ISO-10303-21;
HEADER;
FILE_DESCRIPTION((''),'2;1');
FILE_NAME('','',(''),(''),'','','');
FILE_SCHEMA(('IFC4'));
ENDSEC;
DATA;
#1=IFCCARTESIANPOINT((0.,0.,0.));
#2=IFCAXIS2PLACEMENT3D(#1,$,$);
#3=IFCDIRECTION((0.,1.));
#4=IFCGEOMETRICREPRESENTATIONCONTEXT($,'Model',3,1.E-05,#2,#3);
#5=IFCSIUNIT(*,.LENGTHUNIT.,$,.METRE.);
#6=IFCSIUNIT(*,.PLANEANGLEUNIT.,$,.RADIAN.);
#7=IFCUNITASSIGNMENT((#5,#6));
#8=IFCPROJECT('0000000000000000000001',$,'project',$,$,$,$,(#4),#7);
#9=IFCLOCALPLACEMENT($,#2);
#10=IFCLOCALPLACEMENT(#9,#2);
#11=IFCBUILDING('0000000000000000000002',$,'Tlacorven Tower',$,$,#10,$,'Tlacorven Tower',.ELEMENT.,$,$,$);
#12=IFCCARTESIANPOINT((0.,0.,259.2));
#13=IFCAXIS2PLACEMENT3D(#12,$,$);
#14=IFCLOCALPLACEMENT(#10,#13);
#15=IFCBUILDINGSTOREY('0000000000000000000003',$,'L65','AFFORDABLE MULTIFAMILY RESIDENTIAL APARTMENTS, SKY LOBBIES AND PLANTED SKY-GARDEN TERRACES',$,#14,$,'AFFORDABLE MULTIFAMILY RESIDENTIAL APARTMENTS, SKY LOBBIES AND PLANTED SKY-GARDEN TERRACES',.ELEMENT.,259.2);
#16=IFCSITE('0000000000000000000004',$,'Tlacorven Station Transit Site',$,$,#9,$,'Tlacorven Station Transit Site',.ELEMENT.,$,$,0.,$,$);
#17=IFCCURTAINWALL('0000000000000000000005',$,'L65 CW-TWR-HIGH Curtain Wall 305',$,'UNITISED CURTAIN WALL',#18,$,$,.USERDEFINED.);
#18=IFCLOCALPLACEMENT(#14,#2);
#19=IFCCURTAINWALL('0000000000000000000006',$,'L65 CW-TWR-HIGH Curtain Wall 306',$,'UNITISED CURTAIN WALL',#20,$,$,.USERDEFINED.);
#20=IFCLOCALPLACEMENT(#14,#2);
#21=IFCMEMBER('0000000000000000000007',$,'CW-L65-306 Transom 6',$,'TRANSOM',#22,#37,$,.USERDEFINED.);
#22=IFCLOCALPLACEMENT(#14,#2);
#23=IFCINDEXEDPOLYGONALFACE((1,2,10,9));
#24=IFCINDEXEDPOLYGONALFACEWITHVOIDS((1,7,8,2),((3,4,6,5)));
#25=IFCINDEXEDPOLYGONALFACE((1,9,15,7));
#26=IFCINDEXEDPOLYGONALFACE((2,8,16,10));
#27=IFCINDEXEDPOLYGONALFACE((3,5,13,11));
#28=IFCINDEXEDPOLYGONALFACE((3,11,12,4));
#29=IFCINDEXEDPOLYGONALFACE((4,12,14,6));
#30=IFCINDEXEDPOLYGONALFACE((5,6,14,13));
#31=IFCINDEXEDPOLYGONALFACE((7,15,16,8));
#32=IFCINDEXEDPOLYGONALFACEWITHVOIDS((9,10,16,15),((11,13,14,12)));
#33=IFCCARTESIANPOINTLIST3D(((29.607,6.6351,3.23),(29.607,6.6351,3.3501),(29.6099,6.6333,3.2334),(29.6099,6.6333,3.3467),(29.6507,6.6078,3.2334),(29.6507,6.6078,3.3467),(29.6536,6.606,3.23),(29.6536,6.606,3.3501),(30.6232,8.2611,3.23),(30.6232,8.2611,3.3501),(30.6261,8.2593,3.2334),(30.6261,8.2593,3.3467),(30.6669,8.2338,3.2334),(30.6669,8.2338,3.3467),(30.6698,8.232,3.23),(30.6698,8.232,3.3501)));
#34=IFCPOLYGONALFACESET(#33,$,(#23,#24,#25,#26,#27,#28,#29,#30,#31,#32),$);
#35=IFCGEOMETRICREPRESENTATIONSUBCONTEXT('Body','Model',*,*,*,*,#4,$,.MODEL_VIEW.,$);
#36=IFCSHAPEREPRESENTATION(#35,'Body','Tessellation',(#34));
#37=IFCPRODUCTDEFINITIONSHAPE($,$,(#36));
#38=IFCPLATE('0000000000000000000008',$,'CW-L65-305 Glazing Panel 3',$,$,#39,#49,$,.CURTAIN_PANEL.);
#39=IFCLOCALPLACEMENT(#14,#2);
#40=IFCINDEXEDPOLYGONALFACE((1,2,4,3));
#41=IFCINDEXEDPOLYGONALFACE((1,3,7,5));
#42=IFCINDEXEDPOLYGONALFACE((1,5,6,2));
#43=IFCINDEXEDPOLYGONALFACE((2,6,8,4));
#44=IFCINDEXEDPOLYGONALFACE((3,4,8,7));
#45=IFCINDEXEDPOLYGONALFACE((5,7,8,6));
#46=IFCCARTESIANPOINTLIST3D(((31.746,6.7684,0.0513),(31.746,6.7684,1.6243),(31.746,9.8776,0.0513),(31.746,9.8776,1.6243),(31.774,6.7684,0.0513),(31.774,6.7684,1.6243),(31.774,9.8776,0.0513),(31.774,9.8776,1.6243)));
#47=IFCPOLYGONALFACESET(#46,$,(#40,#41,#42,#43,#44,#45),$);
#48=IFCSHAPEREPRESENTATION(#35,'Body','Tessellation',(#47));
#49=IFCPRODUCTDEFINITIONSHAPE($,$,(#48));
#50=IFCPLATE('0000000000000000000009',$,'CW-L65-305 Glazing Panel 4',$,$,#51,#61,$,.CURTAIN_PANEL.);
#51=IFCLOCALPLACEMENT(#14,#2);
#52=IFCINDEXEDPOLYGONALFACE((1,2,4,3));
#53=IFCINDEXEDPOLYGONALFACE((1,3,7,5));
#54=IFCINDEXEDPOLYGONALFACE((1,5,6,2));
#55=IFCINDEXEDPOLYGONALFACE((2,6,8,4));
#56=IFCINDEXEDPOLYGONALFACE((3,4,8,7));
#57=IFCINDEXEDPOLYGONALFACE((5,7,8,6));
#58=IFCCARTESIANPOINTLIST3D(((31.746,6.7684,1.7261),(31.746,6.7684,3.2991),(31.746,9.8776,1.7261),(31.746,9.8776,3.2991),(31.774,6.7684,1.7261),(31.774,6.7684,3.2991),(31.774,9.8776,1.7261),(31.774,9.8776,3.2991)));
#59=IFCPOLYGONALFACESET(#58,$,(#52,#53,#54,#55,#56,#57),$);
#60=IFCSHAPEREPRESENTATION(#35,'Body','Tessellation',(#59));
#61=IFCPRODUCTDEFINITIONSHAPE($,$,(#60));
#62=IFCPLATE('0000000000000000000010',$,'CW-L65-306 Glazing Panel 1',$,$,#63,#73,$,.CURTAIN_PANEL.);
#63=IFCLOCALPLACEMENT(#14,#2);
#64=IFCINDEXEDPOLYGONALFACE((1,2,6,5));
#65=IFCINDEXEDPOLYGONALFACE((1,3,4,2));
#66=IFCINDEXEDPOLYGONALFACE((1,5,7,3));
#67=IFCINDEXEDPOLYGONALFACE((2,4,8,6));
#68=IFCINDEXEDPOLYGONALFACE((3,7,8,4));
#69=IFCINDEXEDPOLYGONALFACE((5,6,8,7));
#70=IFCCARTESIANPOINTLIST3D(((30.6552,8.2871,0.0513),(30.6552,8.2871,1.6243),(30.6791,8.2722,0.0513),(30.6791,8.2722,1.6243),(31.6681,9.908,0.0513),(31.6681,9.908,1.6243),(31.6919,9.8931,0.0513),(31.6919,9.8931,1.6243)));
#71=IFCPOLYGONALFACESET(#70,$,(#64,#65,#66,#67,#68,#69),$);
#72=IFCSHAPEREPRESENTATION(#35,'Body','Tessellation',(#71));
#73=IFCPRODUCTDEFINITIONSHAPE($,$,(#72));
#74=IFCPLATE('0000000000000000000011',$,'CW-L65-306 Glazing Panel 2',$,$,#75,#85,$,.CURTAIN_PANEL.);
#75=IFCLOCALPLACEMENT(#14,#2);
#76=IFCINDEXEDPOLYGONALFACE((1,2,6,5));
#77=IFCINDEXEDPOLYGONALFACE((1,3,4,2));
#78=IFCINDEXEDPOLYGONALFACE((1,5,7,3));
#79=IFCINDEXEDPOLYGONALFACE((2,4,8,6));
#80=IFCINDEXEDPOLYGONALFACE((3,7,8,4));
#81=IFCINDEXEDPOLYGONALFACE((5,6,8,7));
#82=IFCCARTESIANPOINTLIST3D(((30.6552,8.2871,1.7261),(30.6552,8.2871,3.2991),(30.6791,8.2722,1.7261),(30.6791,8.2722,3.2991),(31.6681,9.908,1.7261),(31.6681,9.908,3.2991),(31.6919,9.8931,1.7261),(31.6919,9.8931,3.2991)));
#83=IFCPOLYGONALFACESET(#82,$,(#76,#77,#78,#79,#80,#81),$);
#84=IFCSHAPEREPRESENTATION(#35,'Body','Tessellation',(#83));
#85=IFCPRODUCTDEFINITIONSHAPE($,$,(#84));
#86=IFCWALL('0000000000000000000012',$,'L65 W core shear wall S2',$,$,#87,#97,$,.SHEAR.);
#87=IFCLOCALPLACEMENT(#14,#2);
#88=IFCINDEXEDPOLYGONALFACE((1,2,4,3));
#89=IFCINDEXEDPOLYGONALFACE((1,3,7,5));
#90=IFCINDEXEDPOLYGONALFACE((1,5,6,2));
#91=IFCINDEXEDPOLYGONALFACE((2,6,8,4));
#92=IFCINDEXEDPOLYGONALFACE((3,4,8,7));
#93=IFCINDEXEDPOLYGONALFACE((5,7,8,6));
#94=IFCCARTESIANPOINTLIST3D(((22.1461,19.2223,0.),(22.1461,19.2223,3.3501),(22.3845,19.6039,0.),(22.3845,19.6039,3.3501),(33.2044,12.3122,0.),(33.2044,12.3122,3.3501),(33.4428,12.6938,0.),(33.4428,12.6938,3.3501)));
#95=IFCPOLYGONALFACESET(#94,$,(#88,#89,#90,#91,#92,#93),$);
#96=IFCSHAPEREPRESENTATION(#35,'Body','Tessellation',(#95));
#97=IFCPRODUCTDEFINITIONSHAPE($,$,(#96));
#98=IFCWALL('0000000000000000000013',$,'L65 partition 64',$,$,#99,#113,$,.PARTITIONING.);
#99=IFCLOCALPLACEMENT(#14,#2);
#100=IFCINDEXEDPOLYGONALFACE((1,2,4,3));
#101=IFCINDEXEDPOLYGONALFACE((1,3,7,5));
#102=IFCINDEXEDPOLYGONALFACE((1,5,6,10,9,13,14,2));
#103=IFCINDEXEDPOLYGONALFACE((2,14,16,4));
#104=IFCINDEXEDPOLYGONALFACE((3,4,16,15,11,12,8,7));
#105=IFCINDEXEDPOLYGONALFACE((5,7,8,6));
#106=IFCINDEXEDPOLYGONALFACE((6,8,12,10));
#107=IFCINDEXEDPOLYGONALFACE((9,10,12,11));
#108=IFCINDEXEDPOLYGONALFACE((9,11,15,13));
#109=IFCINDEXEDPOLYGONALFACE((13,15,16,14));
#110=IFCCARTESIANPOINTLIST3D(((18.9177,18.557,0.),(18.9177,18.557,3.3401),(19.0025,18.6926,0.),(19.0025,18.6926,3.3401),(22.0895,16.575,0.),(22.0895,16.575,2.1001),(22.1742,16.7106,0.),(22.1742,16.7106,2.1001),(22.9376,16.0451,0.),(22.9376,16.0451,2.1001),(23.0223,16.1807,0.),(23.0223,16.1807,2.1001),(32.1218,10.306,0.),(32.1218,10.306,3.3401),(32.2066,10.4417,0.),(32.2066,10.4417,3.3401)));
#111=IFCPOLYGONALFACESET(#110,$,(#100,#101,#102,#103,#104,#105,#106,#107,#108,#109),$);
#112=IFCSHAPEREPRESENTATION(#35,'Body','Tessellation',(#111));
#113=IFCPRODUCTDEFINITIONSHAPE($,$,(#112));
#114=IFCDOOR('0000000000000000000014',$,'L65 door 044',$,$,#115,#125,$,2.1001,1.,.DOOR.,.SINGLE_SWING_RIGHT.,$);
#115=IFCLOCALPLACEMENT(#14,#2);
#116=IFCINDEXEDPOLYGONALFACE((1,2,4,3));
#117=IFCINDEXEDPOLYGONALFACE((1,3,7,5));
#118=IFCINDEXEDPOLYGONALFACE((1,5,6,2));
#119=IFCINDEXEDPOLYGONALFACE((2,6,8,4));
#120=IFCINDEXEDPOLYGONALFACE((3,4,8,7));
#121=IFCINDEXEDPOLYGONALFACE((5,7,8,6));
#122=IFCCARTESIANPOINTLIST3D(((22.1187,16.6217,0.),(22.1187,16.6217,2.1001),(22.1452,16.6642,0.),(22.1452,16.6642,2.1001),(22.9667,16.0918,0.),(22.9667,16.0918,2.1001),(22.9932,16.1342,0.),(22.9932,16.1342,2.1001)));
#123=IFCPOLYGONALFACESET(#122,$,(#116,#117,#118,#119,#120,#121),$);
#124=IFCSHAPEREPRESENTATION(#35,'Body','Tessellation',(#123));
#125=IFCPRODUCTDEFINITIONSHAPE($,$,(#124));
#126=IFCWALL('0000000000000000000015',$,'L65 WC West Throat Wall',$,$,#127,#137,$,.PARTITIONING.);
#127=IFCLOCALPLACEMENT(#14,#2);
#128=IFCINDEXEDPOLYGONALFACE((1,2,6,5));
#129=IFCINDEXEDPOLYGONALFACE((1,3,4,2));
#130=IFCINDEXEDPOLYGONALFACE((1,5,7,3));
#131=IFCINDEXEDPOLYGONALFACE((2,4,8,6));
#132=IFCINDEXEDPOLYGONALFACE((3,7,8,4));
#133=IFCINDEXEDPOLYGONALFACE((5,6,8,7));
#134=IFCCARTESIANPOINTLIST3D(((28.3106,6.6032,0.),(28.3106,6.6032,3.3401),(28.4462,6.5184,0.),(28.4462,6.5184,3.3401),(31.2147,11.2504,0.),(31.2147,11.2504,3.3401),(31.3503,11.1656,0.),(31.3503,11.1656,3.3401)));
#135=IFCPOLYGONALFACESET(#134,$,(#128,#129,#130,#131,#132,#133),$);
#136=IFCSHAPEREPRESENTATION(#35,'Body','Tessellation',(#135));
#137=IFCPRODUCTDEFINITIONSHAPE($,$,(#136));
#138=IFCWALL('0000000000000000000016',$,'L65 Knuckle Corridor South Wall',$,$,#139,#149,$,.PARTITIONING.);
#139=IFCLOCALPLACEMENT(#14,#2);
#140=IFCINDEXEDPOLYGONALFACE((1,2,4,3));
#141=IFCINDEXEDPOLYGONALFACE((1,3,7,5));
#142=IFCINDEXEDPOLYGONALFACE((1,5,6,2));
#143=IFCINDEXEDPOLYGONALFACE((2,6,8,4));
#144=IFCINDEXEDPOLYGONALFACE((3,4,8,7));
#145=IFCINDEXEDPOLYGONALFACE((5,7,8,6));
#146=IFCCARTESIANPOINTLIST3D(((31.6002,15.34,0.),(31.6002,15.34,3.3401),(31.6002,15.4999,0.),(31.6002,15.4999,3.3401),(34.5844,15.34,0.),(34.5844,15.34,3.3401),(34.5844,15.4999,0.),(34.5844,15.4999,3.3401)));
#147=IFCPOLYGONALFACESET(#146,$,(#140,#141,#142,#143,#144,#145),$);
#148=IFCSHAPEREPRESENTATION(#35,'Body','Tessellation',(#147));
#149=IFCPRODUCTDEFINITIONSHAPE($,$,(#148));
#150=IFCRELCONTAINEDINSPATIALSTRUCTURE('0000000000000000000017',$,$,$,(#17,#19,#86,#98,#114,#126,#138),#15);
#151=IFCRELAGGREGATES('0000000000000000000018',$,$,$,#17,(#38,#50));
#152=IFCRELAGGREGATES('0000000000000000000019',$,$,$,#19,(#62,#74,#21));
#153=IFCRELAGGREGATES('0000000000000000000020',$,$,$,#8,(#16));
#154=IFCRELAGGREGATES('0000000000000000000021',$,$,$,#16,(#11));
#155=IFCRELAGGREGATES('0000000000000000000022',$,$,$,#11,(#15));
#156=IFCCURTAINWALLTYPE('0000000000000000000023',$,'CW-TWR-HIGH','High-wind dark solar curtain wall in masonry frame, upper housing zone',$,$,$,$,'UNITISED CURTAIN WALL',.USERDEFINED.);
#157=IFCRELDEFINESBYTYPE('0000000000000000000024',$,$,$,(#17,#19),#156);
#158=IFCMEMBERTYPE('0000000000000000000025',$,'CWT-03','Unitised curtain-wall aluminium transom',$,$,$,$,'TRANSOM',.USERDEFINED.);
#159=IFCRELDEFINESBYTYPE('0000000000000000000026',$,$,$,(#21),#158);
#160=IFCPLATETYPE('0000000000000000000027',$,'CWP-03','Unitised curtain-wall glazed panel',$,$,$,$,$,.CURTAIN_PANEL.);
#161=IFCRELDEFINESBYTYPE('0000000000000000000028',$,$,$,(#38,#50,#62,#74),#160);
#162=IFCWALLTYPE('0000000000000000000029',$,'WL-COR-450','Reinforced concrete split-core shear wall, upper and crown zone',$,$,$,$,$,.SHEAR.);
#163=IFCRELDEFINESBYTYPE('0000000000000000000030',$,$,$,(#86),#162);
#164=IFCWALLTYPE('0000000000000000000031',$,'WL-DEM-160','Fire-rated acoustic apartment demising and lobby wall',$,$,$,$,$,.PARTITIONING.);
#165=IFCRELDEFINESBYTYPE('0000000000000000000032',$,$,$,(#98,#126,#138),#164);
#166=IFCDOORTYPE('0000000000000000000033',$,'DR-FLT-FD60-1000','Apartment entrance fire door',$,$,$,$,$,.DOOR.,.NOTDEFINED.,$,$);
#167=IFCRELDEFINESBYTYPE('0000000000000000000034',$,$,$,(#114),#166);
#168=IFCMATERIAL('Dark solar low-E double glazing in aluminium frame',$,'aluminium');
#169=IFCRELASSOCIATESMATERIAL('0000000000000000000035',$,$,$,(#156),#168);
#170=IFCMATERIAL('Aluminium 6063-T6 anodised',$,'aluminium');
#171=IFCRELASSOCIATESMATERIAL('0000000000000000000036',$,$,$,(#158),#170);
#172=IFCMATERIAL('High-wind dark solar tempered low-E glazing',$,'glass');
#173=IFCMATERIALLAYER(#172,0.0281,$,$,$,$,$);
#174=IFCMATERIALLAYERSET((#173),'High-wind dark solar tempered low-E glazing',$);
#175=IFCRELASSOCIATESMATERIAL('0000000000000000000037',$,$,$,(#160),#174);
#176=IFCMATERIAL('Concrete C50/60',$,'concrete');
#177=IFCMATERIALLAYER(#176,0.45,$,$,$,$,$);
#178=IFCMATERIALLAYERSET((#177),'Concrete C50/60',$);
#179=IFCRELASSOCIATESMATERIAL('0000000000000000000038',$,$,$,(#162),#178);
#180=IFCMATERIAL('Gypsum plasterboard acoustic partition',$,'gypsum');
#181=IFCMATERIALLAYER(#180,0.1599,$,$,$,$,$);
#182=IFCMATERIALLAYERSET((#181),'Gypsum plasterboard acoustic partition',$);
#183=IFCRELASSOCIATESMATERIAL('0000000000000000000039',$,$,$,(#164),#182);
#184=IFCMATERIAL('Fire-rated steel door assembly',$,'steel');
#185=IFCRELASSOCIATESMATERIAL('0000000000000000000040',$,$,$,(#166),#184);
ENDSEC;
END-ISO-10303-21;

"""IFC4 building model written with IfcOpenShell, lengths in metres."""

from ifc_helpers import new_model, si_unit, direction, frame, frame_2d, origin, origin_2d, place, context, subcontext, project, spatial, rectangle, hollow_rectangle, extrude, source, transform, mapped, material, layer, layer_set, material_profile, profile_set, type_object, element, fill, aggregate, save


model = new_model("IFC4")

# Units and contexts
model_context = context("Model", 3, precision=1e-05, world=origin(), true_north=direction((0.0, 1.0)))
body_context = subcontext(model_context, "Body", "Model", "MODEL_VIEW")
ifc_project = project(units=[si_unit("LENGTHUNIT", "METRE"), si_unit("PLANEANGLEUNIT", "RADIAN")], contexts=[model_context])

# Site, building, storey
site_placement = place(None, origin())
site = spatial("IfcSite", under=ifc_project, at=site_placement, Name="Tlacorven Station Transit Site", LongName="Tlacorven Station Transit Site", CompositionType="ELEMENT", RefElevation=0.0)
building_placement = place(site_placement, origin())
building = spatial("IfcBuilding", under=site, at=building_placement, Name="Tlacorven Tower", LongName="Tlacorven Tower", CompositionType="ELEMENT")
storey_placement = place(building_placement, frame((0.0, 0.0, 259.2)))
storey = spatial("IfcBuildingStorey", under=building, at=storey_placement, Name="L65", Description="AFFORDABLE MULTIFAMILY RESIDENTIAL APARTMENTS, SKY LOBBIES AND PLANTED SKY-GARDEN TERRACES", LongName="AFFORDABLE MULTIFAMILY RESIDENTIAL APARTMENTS, SKY LOBBIES AND PLANTED SKY-GARDEN TERRACES", CompositionType="ELEMENT", Elevation=259.2)

# Curtain wall
ifc_material_1 = material(Name="Dark solar low-E double glazing in aluminium frame", Category="aluminium")
curtain_wall_type = type_object("IfcCurtainWallType", Name="CW-TWR-HIGH", Description="High-wind dark solar curtain wall in masonry frame, upper housing zone", ElementType="UNITISED CURTAIN WALL", PredefinedType="USERDEFINED", material=ifc_material_1)
curtain_wall_1_placement = place(storey_placement, origin())
curtain_wall_1 = element("IfcCurtainWall", 1, at=curtain_wall_1_placement, inside=storey, type_object=curtain_wall_type, Name="L65 CW-TWR-HIGH Curtain Wall 305", ObjectType="UNITISED CURTAIN WALL", PredefinedType="USERDEFINED")
ifc_material_2 = material(Name="Aluminium 6063-T6 anodised", Category="aluminium")

# Curtain wall, member
curtain_wall_2_placement = place(storey_placement, origin())
curtain_wall_2 = element("IfcCurtainWall", 2, at=curtain_wall_2_placement, inside=storey, type_object=curtain_wall_type, Name="L65 CW-TWR-HIGH Curtain Wall 306", ObjectType="UNITISED CURTAIN WALL", PredefinedType="USERDEFINED")
ifc_material_profile_1 = material_profile(ifc_material_2, hollow_rectangle(XDim=0.0549, YDim=0.1201, WallThickness=0.0034, at=origin_2d()), Name="ALU TRANSOM 55X120")
ifc_profile_set_1 = profile_set([ifc_material_profile_1], Name="Aluminium 6063-T6 anodised")
member_type_1 = type_object("IfcMemberType", Name="CWT-03", Description="Unitised curtain-wall aluminium transom", ElementType="TRANSOM", PredefinedType="USERDEFINED", material=ifc_profile_set_1)
shared_shape_1 = source(origin(), body_context, "Body", "SweptSolid", [
    extrude(hollow_rectangle(XDim=0.0549, YDim=0.1201, WallThickness=0.0034, at=origin_2d()), origin(), (0.0, 0.0, 1.0), 1.9175),
])
member_1_placement = place(storey_placement, frame((30.6465, 8.2466, 3.29), z_axis=(-0.529953, -0.848027, 0.0), x_axis=(0.848027, -0.529953, 0.0)))
member_1 = element("IfcMember", 3, at=member_1_placement, type_object=member_type_1, Name="CW-L65-306 Transom 6", ObjectType="TRANSOM", PredefinedType="USERDEFINED", context=body_context, shape_type="MappedRepresentation", body=[
    mapped(shared_shape_1, transform((0.0, 0.0, 0.0), scale=1.0)),
])

# Plates
ifc_material_3 = material(Name="High-wind dark solar tempered low-E glazing", Category="glass")
ifc_layer_1 = layer(ifc_material_3, 0.0281)
ifc_layer_set_1 = layer_set([ifc_layer_1], Name="High-wind dark solar tempered low-E glazing")
plate_type = type_object("IfcPlateType", Name="CWP-03", Description="Unitised curtain-wall glazed panel", PredefinedType="CURTAIN_PANEL", material=ifc_layer_set_1)
shared_shape_2 = source(origin(), body_context, "Body", "SweptSolid", [
    extrude(rectangle(XDim=3.1091, YDim=0.0281, at=origin_2d()), origin(), (0.0, 0.0, 1.0), 1.573),
])
plate_1_placement = place(storey_placement, frame((31.76, 8.323, 0.0513), z_axis=(0.0, 0.0, 1.0), x_axis=(0.0, 1.0, 0.0)))
plate_1 = element("IfcPlate", 4, at=plate_1_placement, type_object=plate_type, Name="CW-L65-305 Glazing Panel 3", PredefinedType="CURTAIN_PANEL", context=body_context, shape_type="MappedRepresentation", body=[
    mapped(shared_shape_2, transform((0.0, 0.0, 0.0), scale=1.0)),
])
plate_2_placement = place(storey_placement, frame((31.76, 8.323, 1.7261), z_axis=(0.0, 0.0, 1.0), x_axis=(0.0, 1.0, 0.0)))
plate_2 = element("IfcPlate", 5, at=plate_2_placement, type_object=plate_type, Name="CW-L65-305 Glazing Panel 4", PredefinedType="CURTAIN_PANEL", context=body_context, shape_type="MappedRepresentation", body=[
    mapped(shared_shape_2, transform((0.0, 0.0, 0.0), scale=1.0)),
])
aggregate(curtain_wall_1, [plate_1, plate_2])
shared_shape_3 = source(origin(), body_context, "Body", "SweptSolid", [
    extrude(rectangle(XDim=1.9114, YDim=0.0281, at=origin_2d()), origin(), (0.0, 0.0, 1.0), 1.573),
])
plate_3_placement = place(storey_placement, frame((31.1736, 9.0901, 0.0513), z_axis=(0.0, 0.0, 1.0), x_axis=(-0.529919, -0.848048, 0.0)))
plate_3 = element("IfcPlate", 6, at=plate_3_placement, type_object=plate_type, Name="CW-L65-306 Glazing Panel 1", PredefinedType="CURTAIN_PANEL", context=body_context, shape_type="MappedRepresentation", body=[
    mapped(shared_shape_3, transform((0.0, 0.0, 0.0), scale=1.0)),
])
plate_4_placement = place(storey_placement, frame((31.1736, 9.0901, 1.7261), z_axis=(0.0, 0.0, 1.0), x_axis=(-0.529919, -0.848048, 0.0)))
plate_4 = element("IfcPlate", 7, at=plate_4_placement, type_object=plate_type, Name="CW-L65-306 Glazing Panel 2", PredefinedType="CURTAIN_PANEL", context=body_context, shape_type="MappedRepresentation", body=[
    mapped(shared_shape_3, transform((0.0, 0.0, 0.0), scale=1.0)),
])
aggregate(curtain_wall_2, [plate_3, plate_4, member_1])

# Wall
ifc_material_4 = material(Name="Concrete C50/60", Category="concrete")
ifc_layer_2 = layer(ifc_material_4, 0.45)
ifc_layer_set_2 = layer_set([ifc_layer_2], Name="Concrete C50/60")
wall_type_1 = type_object("IfcWallType", Name="WL-COR-450", Description="Reinforced concrete split-core shear wall, upper and crown zone", PredefinedType="SHEAR", material=ifc_layer_set_2)
wall_1_placement = place(storey_placement, frame((33.3237, 12.5029, 0.0), z_axis=(0.0, 0.0, 1.0), x_axis=(-0.848044, 0.529927, 0.0)))
element("IfcWall", 8, at=wall_1_placement, inside=storey, type_object=wall_type_1, Name="L65 W core shear wall S2", PredefinedType="SHEAR", context=body_context, shape_type="SweptSolid", body=[
    extrude(rectangle(XDim=13.0398, YDim=0.45, at=frame_2d((6.52, 0.0))), origin(), (0.0, 0.0, 1.0), 3.3501),
])

# Wall, opening, door
ifc_material_5 = material(Name="Gypsum plasterboard acoustic partition", Category="gypsum")
ifc_layer_3 = layer(ifc_material_5, 0.1599)
ifc_layer_set_3 = layer_set([ifc_layer_3], Name="Gypsum plasterboard acoustic partition")
wall_type_2 = type_object("IfcWallType", Name="WL-DEM-160", Description="Fire-rated acoustic apartment demising and lobby wall", PredefinedType="PARTITIONING", material=ifc_layer_set_3)
wall_2_placement = place(storey_placement, frame((32.1643, 10.3738, 0.0), z_axis=(0.0, 0.0, 1.0), x_axis=(-0.848044, 0.529926, 0.0)))
wall_2 = element("IfcWall", 9, at=wall_2_placement, inside=storey, type_object=wall_type_2, Name="L65 partition 64", PredefinedType="PARTITIONING", context=body_context, shape_type="SweptSolid", body=[
    extrude(rectangle(XDim=15.5701, YDim=0.1599, at=frame_2d((7.7852, 0.0))), origin(), (0.0, 0.0, 1.0), 3.3401),
])
opening_1_placement = place(wall_2_placement, frame((10.8301, 0.0, 0.0)))
opening_1 = element("IfcOpeningElement", 10, at=opening_1_placement, cuts=wall_2, PredefinedType="OPENING", context=body_context, shape_type="SweptSolid", body=[
    extrude(rectangle(XDim=1.0, YDim=2.1001, at=frame_2d((0.5, 1.05))), frame((0.0, 0.0898, 0.0), z_axis=(0.0, -1.0, 0.0), x_axis=(1.0, 0.0, 0.0)), (0.0, 0.0, 1.0), 0.1799),
])
ifc_material_6 = material(Name="Fire-rated steel door assembly", Category="steel")
door_type_1 = type_object("IfcDoorType", Name="DR-FLT-FD60-1000", Description="Apartment entrance fire door", OperationType="NOTDEFINED", PredefinedType="DOOR", material=ifc_material_6)
shared_shape_4 = source(origin(), body_context, "Body", "SweptSolid", [
    extrude(rectangle(XDim=1.0, YDim=2.1001, at=frame_2d((0.5, 1.05))), frame((0.0, 0.0249, 0.0), z_axis=(0.0, -1.0, 0.0), x_axis=(1.0, 0.0, 0.0)), (0.0, 0.0, 1.0), 0.05),
])
door_1_placement = place(opening_1_placement, origin())
door_1 = element("IfcDoor", 11, at=door_1_placement, inside=storey, type_object=door_type_1, Name="L65 door 044", OperationType="SINGLE_SWING_RIGHT", OverallHeight=2.1001, OverallWidth=1.0, PredefinedType="DOOR", context=body_context, shape_type="MappedRepresentation", body=[
    mapped(shared_shape_4, transform((0.0, 0.0, 0.0), scale=1.0)),
])
fill(opening_1, door_1)

# Walls
wall_3_placement = place(storey_placement, frame((31.2825, 11.208, 0.0), z_axis=(0.0, 0.0, 1.0), x_axis=(-0.529939, -0.848036, 0.0)))
element("IfcWall", 12, at=wall_3_placement, inside=storey, type_object=wall_type_2, Name="L65 WC West Throat Wall", PredefinedType="PARTITIONING", context=body_context, shape_type="SweptSolid", body=[
    extrude(rectangle(XDim=5.48, YDim=0.1599, at=frame_2d((2.74, 0.0))), origin(), (0.0, 0.0, 1.0), 3.3401),
])
wall_4_placement = place(storey_placement, frame((31.6001, 15.4199, 0.0), z_axis=(0.0, 0.0, 1.0), x_axis=(1.0, 0.0, 0.0)))
element("IfcWall", 13, at=wall_4_placement, inside=storey, type_object=wall_type_2, Name="L65 Knuckle Corridor South Wall", PredefinedType="PARTITIONING", context=body_context, shape_type="SweptSolid", body=[
    extrude(rectangle(XDim=2.9841, YDim=0.1599, at=frame_2d((1.4922, 0.0))), origin(), (0.0, 0.0, 1.0), 3.3401),
])

save(model, "model.ifc")
